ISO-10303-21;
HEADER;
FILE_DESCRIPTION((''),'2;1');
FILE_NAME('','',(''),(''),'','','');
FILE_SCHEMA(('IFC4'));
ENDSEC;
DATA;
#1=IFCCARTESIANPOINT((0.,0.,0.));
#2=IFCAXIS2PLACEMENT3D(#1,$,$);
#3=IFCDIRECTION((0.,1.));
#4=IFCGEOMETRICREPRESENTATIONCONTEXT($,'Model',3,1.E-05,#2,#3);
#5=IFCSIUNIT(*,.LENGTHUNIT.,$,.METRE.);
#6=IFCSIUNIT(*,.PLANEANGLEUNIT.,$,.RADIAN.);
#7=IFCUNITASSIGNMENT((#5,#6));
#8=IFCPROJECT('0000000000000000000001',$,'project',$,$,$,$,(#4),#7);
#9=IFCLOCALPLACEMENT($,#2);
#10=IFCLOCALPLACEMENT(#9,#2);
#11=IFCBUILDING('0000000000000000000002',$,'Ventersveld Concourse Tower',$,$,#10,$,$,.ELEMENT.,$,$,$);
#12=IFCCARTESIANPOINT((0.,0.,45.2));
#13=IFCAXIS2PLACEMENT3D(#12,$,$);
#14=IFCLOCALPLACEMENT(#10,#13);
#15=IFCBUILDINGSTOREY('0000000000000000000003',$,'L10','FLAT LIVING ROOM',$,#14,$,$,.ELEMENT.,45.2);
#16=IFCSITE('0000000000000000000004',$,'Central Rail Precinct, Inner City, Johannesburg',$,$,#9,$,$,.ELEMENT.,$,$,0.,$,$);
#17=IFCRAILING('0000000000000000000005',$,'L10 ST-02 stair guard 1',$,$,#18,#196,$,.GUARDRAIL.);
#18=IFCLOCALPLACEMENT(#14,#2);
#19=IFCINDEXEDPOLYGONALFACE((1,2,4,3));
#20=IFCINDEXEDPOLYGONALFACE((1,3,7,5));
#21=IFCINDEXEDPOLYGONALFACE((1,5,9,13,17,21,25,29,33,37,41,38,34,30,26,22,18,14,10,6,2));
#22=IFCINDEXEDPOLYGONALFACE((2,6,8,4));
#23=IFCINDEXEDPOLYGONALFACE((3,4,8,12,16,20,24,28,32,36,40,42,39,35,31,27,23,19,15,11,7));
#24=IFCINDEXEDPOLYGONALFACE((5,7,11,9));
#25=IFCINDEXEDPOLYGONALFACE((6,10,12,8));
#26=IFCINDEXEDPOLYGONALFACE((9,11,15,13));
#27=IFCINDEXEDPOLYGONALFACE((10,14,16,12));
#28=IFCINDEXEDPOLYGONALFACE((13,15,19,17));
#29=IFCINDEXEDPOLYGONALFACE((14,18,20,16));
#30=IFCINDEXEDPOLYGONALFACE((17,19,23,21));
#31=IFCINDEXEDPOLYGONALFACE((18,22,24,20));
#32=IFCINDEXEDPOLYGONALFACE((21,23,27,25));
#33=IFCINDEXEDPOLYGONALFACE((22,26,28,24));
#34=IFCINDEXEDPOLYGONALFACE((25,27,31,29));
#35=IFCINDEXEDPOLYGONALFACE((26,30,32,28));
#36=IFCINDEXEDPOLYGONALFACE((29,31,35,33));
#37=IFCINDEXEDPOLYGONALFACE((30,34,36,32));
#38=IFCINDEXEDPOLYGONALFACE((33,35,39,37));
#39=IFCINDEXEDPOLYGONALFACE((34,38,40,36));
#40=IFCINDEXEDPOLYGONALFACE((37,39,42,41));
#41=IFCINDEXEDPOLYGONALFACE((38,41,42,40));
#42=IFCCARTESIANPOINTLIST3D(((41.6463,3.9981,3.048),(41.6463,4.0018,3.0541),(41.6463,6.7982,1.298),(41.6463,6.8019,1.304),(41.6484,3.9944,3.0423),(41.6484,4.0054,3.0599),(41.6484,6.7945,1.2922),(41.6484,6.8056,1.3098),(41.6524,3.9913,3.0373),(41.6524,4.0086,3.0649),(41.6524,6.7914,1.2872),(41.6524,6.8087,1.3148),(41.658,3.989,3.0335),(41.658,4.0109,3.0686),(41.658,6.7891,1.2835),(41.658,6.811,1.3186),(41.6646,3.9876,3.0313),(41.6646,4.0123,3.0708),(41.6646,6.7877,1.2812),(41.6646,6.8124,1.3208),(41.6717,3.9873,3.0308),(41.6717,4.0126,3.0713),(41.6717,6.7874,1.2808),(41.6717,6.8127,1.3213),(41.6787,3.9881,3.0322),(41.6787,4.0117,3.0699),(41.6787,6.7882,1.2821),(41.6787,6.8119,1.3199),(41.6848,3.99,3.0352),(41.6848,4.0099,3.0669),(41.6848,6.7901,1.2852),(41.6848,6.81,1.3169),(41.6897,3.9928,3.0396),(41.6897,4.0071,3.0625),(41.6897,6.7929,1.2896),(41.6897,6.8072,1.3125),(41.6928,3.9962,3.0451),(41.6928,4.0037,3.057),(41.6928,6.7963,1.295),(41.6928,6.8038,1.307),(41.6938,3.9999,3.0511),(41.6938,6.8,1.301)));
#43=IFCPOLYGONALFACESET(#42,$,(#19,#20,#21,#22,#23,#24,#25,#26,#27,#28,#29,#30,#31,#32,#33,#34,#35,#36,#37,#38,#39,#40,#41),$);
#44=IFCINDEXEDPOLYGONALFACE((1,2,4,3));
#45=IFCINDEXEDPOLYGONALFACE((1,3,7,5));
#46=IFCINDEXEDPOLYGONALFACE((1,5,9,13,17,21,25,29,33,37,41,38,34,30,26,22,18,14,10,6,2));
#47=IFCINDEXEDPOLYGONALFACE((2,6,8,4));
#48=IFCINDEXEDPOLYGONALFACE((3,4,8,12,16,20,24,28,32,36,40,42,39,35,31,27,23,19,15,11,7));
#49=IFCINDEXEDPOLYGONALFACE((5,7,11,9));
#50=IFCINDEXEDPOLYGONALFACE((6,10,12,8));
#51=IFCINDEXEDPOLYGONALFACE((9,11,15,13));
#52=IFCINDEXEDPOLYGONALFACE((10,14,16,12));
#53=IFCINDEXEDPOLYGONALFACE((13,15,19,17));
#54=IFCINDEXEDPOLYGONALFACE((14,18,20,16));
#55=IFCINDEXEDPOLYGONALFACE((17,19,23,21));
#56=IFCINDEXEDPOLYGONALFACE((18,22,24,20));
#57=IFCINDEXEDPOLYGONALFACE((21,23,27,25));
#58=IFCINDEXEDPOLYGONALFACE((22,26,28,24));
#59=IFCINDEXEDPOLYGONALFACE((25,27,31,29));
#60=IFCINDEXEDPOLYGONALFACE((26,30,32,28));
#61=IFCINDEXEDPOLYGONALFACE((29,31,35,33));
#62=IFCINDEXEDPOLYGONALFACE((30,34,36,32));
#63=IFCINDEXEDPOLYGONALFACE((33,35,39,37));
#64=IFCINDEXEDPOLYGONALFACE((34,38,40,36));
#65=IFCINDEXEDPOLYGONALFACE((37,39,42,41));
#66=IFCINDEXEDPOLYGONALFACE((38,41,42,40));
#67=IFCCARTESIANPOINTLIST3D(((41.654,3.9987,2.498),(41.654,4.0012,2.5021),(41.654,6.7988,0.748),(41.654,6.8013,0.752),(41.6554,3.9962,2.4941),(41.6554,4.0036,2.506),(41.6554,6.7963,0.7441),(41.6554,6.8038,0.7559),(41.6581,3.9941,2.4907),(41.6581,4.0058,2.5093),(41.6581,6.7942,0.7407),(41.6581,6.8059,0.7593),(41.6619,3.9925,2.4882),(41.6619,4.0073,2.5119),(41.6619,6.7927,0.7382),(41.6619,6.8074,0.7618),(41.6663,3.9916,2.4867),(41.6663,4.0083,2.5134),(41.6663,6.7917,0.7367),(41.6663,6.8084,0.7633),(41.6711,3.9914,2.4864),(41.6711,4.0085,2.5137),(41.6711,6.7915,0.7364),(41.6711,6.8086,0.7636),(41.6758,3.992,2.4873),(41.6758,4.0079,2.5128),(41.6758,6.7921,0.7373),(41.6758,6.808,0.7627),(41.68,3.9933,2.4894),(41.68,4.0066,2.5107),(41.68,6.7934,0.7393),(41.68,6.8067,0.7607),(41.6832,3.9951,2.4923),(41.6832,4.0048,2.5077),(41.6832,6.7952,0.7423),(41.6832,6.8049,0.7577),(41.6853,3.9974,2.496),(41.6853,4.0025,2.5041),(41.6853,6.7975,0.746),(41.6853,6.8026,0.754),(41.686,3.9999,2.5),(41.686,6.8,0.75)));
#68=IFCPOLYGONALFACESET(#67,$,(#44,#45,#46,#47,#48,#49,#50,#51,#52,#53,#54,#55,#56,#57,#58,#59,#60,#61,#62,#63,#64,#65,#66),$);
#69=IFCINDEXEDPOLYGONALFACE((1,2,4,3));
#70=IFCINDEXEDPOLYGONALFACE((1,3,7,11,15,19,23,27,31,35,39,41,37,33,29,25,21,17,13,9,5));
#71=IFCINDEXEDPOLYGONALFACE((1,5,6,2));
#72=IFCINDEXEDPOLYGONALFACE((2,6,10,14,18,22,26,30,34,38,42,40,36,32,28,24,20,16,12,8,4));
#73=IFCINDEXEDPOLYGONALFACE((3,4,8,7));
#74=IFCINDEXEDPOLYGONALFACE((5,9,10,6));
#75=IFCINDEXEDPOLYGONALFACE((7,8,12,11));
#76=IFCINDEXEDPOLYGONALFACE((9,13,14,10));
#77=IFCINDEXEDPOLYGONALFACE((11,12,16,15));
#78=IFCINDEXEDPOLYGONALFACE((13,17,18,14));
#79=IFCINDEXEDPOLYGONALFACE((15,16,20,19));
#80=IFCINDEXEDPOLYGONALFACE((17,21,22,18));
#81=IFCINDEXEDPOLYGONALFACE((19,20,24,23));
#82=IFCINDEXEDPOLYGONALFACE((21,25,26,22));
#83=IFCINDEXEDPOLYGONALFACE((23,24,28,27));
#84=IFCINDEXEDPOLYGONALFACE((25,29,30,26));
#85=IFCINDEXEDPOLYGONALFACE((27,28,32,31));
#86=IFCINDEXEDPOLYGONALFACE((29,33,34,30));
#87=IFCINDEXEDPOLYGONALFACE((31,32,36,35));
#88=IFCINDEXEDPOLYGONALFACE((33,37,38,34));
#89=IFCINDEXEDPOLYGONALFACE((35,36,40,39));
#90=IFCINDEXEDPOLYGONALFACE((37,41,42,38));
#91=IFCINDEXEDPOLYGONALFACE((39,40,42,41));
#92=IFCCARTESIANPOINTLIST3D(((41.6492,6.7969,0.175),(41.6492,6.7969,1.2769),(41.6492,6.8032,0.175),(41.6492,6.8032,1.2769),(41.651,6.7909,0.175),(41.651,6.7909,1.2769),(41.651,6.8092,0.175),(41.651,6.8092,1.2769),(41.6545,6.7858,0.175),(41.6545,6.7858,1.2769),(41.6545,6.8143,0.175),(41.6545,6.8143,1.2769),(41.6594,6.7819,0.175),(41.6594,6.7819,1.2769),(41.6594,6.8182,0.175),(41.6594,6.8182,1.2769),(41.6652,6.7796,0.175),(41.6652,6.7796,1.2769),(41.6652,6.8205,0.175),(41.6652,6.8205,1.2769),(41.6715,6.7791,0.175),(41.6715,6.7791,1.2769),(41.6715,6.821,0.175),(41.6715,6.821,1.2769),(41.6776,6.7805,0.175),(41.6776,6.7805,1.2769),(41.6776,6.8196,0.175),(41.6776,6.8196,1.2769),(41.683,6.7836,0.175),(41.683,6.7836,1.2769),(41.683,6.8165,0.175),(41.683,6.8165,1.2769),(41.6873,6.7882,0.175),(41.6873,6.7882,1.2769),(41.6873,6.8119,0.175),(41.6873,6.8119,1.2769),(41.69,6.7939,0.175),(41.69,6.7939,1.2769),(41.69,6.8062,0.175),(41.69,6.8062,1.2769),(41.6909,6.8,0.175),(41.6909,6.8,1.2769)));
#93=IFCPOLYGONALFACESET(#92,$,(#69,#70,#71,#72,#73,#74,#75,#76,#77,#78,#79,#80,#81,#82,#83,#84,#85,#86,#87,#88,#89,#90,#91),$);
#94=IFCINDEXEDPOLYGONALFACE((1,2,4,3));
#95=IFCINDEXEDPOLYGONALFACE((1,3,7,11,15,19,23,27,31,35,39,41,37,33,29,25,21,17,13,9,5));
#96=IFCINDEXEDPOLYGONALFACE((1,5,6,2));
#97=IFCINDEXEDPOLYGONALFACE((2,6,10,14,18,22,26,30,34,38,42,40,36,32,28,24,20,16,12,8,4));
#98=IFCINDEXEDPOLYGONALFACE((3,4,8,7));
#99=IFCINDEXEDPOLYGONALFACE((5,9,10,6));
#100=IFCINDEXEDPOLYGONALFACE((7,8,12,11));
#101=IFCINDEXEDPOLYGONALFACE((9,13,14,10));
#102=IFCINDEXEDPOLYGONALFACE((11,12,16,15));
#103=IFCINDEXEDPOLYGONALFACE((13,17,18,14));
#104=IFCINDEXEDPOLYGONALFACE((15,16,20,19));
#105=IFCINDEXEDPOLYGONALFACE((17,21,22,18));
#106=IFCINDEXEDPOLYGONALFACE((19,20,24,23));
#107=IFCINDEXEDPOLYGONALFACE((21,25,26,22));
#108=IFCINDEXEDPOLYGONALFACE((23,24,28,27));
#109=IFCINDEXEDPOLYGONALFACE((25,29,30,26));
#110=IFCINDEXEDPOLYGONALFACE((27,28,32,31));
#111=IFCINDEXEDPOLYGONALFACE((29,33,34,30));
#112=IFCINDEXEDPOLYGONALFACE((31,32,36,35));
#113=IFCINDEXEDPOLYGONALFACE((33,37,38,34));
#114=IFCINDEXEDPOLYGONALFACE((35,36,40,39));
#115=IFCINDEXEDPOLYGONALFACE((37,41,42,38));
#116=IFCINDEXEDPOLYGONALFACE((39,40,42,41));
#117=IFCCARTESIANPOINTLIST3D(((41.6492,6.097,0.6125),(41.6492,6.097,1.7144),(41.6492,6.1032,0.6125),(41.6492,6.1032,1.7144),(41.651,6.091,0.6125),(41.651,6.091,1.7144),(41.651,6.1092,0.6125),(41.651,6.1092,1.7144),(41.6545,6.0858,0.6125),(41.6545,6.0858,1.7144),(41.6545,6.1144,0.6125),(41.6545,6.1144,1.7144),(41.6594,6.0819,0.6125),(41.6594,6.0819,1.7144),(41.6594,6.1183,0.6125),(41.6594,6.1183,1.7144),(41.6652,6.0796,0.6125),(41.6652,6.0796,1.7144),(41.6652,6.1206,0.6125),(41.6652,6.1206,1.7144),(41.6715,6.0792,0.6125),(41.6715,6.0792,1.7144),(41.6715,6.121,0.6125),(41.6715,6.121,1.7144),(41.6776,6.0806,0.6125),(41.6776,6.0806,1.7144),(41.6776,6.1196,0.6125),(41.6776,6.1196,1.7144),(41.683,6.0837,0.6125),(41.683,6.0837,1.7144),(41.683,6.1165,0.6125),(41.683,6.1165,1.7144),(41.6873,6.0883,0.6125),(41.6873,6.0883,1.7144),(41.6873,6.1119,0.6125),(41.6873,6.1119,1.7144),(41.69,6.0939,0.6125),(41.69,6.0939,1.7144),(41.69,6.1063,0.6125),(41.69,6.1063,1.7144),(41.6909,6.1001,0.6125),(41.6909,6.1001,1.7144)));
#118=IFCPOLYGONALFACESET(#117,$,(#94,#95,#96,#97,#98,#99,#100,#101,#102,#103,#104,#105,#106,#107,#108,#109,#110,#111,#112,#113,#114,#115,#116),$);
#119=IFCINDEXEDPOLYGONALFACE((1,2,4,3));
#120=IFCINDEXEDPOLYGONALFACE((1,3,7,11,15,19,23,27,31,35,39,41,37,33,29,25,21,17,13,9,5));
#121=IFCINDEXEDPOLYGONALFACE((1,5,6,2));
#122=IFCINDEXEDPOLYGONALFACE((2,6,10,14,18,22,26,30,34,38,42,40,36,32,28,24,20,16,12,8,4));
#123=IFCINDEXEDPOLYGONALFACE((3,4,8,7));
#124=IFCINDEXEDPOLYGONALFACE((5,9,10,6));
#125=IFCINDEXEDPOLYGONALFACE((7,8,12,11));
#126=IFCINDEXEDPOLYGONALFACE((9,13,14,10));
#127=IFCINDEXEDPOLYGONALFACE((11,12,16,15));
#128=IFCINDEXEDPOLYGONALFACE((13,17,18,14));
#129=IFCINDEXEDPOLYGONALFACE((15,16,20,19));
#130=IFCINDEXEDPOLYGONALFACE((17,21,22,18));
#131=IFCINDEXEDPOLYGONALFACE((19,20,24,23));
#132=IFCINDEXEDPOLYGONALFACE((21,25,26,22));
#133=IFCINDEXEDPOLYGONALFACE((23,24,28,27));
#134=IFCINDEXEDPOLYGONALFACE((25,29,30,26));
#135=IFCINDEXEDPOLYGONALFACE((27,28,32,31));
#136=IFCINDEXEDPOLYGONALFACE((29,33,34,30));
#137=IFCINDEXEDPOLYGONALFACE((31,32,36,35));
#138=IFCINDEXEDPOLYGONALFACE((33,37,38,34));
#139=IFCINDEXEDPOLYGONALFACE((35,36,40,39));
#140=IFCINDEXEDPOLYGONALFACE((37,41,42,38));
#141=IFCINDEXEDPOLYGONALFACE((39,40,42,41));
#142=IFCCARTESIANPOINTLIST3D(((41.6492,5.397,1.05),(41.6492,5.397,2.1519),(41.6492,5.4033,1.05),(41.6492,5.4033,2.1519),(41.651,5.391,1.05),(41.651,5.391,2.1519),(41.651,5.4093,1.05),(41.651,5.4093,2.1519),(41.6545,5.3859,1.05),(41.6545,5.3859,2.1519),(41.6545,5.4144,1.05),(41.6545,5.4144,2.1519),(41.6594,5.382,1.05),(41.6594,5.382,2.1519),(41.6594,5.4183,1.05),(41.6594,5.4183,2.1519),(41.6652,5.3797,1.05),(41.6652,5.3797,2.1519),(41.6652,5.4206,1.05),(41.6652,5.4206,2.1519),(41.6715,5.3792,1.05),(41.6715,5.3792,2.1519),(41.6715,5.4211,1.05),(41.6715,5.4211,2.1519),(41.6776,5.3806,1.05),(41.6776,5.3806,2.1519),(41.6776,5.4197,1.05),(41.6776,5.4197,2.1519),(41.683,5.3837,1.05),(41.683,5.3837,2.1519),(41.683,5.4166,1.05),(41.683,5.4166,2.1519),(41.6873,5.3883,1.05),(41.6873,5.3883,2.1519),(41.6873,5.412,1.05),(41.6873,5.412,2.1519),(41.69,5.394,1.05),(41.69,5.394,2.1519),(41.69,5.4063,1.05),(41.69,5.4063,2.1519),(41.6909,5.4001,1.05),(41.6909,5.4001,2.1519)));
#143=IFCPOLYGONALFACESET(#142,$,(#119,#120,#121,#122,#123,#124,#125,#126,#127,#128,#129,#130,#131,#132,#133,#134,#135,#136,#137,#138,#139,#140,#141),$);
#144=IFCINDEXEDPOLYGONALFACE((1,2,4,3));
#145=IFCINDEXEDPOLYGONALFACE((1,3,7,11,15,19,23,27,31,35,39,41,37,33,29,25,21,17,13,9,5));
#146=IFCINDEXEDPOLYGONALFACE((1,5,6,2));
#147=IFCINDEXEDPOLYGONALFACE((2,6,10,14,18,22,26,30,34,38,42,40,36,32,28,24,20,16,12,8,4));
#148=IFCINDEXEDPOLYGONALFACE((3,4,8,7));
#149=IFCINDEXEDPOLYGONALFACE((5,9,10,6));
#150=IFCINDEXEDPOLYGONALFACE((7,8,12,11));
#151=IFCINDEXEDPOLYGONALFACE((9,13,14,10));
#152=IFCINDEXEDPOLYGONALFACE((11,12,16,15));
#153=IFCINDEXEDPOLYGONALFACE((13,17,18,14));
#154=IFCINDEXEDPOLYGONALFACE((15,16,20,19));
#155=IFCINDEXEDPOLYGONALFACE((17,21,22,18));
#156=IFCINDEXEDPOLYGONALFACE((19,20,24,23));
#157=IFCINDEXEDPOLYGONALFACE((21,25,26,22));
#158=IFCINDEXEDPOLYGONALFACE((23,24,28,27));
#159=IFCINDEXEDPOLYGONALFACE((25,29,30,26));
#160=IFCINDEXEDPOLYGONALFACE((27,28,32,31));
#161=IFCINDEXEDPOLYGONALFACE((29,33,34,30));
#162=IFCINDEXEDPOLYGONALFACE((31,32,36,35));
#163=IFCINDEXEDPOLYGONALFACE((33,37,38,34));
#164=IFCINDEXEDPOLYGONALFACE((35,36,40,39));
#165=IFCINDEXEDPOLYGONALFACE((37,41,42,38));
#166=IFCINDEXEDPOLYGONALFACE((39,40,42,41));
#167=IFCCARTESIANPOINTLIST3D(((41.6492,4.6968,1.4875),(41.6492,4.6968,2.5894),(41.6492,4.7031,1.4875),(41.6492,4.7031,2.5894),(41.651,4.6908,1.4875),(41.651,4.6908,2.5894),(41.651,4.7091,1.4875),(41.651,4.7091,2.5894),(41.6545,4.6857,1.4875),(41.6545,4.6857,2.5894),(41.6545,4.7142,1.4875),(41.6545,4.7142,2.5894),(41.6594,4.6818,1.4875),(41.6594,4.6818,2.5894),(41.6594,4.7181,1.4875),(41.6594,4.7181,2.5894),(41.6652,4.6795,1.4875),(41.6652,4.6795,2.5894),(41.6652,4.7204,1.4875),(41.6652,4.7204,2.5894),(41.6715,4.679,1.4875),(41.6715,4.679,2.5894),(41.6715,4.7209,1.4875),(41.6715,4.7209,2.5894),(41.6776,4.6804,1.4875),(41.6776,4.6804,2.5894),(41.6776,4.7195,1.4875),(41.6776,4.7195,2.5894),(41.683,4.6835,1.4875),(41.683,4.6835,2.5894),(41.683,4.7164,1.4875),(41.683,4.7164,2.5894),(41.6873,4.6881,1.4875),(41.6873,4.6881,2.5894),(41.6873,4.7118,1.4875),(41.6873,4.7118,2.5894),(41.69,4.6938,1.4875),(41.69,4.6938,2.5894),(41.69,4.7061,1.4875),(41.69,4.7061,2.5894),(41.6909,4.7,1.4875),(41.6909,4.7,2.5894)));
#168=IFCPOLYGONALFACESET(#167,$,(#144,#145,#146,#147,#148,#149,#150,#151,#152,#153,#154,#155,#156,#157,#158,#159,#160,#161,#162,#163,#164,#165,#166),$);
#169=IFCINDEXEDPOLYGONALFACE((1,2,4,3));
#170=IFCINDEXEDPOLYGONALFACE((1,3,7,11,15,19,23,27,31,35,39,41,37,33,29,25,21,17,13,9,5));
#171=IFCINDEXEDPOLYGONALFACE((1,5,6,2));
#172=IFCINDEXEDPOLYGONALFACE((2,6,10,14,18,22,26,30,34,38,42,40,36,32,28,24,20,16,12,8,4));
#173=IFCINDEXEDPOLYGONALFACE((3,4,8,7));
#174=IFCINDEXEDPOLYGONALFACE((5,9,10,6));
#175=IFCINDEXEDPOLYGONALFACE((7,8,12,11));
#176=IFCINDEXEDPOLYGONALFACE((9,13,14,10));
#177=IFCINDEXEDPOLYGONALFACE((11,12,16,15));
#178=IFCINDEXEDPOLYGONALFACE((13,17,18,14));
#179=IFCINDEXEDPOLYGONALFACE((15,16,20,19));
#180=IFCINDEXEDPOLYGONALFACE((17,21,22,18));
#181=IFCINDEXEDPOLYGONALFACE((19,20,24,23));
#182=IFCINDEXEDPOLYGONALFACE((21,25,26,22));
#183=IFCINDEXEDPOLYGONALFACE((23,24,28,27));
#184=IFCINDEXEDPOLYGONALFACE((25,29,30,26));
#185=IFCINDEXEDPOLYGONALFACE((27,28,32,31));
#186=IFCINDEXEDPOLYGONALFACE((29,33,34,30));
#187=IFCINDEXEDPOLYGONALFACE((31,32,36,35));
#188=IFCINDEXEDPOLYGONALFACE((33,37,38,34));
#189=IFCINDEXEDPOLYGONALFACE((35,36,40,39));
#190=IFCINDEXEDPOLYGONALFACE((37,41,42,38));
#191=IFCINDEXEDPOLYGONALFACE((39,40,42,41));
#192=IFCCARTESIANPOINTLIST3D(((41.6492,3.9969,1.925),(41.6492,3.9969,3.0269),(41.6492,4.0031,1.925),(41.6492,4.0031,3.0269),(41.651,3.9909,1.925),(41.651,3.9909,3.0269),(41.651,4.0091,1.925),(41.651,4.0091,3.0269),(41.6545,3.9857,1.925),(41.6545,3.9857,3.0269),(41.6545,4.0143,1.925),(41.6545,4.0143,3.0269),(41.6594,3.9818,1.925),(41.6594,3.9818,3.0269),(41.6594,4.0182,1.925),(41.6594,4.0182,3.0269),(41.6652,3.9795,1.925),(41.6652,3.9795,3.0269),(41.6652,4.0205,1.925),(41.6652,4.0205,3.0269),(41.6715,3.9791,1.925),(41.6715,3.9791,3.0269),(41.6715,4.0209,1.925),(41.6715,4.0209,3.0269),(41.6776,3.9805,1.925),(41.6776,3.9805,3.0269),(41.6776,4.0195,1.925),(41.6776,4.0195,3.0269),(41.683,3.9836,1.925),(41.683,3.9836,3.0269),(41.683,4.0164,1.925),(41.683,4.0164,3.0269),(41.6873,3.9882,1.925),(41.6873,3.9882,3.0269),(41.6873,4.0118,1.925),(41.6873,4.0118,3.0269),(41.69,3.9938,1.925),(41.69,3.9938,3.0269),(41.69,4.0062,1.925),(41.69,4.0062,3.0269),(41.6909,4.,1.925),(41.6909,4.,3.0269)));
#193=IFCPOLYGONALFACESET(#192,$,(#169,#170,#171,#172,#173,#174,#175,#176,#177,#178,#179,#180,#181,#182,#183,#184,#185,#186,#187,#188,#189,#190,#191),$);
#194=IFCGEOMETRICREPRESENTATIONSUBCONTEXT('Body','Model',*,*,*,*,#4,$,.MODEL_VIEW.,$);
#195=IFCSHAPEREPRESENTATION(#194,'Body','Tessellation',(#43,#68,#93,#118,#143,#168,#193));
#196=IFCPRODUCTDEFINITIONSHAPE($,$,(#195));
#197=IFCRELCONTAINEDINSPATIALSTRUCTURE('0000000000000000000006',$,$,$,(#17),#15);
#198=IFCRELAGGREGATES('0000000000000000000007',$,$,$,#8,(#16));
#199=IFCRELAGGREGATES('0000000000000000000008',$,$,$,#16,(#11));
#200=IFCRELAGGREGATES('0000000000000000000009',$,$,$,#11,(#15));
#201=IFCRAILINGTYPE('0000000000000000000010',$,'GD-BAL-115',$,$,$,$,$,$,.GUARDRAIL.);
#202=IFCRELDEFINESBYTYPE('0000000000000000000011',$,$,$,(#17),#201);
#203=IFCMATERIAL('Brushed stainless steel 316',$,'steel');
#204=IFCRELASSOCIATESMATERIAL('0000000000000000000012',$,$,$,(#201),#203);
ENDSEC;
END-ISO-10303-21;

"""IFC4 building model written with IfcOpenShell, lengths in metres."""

from ifc_helpers import new_model, si_unit, direction, frame, origin, origin_2d, place, context, subcontext, project, spatial, circle, extrude, material, type_object, element, save


model = new_model("IFC4")

# Units and contexts
model_context = context("Model", 3, precision=1e-05, world=origin(), true_north=direction((0.0, 1.0)))
body_context = subcontext(model_context, "Body", "Model", "MODEL_VIEW")
ifc_project = project(units=[si_unit("LENGTHUNIT", "METRE"), si_unit("PLANEANGLEUNIT", "RADIAN")], contexts=[model_context])

# Site, building, storey
site_placement = place(None, origin())
site = spatial("IfcSite", under=ifc_project, at=site_placement, Name="Central Rail Precinct, Inner City, Johannesburg", CompositionType="ELEMENT", RefElevation=0.0)
building_placement = place(site_placement, origin())
building = spatial("IfcBuilding", under=site, at=building_placement, Name="Ventersveld Concourse Tower", CompositionType="ELEMENT")
storey_placement = place(building_placement, frame((0.0, 0.0, 45.2)))
storey = spatial("IfcBuildingStorey", under=building, at=storey_placement, Name="L10", Description="FLAT LIVING ROOM", CompositionType="ELEMENT", Elevation=45.2)

# Shared definitions
ifc_material_1 = material(Name="Brushed stainless steel 316", Category="steel")

# Railing
railing_type_1 = type_object("IfcRailingType", Name="GD-BAL-115", PredefinedType="GUARDRAIL", material=ifc_material_1)
railing_1_placement = place(storey_placement, frame((41.6699, 6.8, 0.175)))
element("IfcRailing", 1, at=railing_1_placement, inside=storey, type_object=railing_type_1, Name="L10 ST-02 stair guard 1", PredefinedType="GUARDRAIL", context=body_context, shape_type="SweptSolid", body=[
    extrude(circle(Radius=0.0239, at=origin_2d()), frame((0.0, 0.0, 1.126), z_axis=(0.0, -0.848002, 0.529992), x_axis=(1.0, 0.0, 0.0)), (0.0, 0.0, 1.0), 3.302),
    extrude(circle(Radius=0.0161, at=origin_2d()), frame((0.0, 0.0, 0.575), z_axis=(0.0, -0.848002, 0.529992), x_axis=(1.0, 0.0, 0.0)), (0.0, 0.0, 1.0), 3.302),
    extrude(circle(Radius=0.021, at=origin_2d()), origin(), (0.0, 0.0, 1.0), 1.1018),
    extrude(circle(Radius=0.021, at=origin_2d()), frame((0.0, -0.7, 0.4375)), (0.0, 0.0, 1.0), 1.1018),
    extrude(circle(Radius=0.021, at=origin_2d()), frame((0.0, -1.3999, 0.875)), (0.0, 0.0, 1.0), 1.1018),
    extrude(circle(Radius=0.021, at=origin_2d()), frame((0.0, -2.1001, 1.3125)), (0.0, 0.0, 1.0), 1.1018),
    extrude(circle(Radius=0.021, at=origin_2d()), frame((0.0, -2.8, 1.75)), (0.0, 0.0, 1.0), 1.1018),
])

save(model, "model.ifc")
